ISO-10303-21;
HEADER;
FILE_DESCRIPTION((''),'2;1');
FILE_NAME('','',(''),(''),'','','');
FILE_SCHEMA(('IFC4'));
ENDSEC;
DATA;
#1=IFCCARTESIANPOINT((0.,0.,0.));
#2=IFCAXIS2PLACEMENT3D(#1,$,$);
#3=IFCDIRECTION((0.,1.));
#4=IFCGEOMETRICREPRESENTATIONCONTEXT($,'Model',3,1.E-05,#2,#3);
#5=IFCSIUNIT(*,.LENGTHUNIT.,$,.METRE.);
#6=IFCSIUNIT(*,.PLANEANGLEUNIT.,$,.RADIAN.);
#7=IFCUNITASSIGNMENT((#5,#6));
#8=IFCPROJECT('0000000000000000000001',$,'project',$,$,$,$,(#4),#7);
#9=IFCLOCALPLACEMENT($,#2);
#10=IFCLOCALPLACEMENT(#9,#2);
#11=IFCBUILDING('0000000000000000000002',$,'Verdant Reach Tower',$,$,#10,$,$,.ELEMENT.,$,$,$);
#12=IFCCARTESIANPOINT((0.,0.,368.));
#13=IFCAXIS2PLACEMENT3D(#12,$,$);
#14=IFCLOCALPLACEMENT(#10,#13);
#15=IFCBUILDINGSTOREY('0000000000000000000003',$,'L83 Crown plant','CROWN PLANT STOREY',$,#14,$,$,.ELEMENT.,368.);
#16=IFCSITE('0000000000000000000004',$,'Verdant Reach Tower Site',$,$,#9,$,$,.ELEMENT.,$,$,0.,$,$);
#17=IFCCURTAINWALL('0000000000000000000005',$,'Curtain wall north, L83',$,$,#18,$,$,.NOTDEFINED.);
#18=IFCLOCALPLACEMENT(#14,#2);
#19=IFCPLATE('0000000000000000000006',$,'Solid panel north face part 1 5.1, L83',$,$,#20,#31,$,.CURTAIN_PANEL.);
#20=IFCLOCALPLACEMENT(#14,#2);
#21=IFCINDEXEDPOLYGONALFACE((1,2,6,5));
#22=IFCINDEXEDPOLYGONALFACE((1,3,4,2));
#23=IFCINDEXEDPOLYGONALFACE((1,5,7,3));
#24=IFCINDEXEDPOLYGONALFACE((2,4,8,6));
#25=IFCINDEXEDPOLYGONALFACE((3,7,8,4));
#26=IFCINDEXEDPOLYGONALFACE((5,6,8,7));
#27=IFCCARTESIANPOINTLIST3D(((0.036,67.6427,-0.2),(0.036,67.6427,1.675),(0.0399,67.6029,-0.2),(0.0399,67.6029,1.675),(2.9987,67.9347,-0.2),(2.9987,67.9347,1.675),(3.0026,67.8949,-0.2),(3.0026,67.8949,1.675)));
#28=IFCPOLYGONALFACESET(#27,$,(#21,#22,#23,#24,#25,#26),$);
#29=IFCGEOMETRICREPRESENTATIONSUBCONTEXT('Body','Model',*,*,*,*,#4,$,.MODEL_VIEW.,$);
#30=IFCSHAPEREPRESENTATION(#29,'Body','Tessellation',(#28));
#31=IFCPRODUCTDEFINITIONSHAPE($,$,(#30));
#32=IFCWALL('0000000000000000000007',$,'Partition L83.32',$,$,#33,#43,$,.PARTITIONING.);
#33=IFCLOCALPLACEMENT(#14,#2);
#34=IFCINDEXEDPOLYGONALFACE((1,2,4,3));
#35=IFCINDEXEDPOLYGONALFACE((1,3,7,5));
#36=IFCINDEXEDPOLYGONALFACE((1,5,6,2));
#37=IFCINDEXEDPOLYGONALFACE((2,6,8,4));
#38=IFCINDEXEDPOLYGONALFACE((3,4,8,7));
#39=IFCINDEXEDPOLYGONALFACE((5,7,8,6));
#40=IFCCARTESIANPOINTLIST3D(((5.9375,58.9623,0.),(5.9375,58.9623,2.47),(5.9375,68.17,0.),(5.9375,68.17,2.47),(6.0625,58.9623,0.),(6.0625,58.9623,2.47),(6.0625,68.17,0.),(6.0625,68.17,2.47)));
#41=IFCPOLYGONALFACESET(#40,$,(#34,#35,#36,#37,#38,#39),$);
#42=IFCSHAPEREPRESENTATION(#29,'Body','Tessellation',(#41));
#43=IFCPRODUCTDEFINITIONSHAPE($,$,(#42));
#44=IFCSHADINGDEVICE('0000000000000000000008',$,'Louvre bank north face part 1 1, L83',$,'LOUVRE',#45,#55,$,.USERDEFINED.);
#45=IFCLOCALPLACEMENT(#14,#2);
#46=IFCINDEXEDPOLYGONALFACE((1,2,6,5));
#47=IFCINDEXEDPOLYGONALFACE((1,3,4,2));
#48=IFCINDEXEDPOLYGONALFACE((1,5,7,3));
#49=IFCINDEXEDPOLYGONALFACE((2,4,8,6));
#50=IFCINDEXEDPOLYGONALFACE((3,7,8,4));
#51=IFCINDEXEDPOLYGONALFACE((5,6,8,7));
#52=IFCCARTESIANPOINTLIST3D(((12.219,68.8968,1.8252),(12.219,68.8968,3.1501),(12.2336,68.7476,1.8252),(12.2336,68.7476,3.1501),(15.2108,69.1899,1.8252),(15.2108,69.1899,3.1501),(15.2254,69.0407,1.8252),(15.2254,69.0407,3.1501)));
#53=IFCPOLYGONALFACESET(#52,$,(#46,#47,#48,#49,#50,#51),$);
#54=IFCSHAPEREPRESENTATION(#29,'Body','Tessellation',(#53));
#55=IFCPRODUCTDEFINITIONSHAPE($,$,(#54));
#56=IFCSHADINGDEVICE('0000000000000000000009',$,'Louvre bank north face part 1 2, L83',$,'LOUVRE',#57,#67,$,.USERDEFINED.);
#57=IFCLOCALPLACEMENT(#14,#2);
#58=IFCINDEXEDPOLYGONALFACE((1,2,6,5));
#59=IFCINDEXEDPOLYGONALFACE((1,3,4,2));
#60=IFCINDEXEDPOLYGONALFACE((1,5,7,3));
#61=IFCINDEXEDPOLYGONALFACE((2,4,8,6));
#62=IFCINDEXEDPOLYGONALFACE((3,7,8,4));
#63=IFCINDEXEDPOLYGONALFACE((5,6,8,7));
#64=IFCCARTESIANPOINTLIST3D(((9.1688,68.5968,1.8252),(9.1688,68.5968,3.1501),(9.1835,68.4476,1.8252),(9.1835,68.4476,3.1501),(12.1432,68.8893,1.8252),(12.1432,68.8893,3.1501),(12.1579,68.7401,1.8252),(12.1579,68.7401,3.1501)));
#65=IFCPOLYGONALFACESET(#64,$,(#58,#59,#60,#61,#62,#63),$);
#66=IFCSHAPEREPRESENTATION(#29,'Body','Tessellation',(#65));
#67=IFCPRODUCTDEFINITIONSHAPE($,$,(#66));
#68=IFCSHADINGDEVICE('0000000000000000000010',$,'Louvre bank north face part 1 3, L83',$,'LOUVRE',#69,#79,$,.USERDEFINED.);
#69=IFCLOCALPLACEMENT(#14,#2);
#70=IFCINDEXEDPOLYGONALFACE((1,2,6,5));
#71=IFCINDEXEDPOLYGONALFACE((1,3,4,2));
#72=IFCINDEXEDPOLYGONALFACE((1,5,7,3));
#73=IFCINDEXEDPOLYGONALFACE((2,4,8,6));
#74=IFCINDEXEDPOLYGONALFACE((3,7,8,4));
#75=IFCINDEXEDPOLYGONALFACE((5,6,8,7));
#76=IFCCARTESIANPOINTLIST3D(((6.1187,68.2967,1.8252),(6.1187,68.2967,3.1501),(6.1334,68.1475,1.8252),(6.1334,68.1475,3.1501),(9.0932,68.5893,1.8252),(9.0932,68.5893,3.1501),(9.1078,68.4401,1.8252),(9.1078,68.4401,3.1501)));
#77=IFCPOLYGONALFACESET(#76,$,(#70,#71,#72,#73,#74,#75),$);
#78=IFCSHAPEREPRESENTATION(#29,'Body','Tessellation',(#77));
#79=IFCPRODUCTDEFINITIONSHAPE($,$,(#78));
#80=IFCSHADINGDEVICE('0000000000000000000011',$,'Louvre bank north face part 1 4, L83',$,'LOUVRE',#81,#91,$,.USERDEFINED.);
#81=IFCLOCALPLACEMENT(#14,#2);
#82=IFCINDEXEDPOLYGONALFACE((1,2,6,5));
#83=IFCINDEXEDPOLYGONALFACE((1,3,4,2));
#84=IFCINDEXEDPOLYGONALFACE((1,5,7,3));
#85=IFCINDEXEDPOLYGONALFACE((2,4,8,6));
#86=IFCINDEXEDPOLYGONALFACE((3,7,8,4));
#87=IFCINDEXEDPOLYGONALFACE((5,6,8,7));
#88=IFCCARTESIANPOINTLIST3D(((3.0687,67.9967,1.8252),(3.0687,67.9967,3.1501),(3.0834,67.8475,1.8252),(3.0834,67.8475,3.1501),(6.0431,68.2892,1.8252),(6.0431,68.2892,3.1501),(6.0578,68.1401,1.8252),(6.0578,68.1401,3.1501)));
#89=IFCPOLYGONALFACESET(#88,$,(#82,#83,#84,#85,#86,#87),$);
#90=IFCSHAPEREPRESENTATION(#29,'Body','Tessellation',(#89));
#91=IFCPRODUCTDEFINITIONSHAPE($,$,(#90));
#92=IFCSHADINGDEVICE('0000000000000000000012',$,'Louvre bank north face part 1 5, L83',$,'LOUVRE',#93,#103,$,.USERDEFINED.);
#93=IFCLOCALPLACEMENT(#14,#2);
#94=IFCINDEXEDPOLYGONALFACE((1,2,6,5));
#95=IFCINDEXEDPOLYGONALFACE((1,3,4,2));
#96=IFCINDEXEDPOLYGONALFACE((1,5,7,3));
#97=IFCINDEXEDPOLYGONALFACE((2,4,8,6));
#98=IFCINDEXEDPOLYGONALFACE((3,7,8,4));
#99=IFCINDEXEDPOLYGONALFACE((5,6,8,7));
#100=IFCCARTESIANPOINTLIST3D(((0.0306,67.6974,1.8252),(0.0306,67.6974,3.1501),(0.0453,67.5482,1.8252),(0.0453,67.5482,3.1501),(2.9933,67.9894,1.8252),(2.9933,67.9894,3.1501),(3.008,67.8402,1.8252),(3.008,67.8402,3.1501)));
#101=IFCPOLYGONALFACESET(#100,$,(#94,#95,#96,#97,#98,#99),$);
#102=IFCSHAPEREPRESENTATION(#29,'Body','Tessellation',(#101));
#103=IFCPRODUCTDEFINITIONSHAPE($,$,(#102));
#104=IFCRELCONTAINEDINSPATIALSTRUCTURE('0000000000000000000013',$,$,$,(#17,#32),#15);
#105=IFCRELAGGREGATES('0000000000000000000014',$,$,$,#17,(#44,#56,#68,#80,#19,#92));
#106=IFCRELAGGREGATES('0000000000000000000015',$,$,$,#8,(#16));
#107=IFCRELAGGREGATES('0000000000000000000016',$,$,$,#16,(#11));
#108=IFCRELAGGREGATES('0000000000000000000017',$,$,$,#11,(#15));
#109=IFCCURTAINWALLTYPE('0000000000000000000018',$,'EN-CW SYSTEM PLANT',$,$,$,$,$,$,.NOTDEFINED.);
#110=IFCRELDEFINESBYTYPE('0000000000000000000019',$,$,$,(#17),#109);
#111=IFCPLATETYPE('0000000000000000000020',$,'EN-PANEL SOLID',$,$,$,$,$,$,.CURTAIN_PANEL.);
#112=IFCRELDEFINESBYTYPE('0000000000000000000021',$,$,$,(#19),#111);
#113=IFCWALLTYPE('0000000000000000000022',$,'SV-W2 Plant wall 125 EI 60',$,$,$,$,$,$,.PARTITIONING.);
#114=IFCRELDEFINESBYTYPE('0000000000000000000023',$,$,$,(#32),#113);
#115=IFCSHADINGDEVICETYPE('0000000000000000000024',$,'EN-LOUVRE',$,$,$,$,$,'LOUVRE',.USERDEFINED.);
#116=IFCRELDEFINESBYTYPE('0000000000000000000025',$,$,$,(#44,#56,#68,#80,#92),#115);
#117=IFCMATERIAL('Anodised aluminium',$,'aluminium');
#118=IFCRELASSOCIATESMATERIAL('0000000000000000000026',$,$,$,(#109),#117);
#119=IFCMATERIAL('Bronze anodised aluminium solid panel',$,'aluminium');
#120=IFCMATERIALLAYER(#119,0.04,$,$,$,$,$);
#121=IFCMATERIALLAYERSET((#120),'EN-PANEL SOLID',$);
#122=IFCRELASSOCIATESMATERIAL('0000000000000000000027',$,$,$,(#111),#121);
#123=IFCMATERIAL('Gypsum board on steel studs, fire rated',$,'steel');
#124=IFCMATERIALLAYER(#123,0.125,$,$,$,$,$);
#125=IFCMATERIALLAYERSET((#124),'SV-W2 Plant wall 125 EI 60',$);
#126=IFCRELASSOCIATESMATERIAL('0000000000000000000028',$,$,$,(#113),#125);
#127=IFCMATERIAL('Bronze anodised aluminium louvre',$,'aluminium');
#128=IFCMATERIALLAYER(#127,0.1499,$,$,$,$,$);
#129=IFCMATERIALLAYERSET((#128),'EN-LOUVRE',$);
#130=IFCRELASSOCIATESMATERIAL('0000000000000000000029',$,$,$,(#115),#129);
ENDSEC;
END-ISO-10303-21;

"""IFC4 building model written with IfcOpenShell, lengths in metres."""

from ifc_helpers import new_model, si_unit, direction, frame, frame_2d, origin, origin_2d, place, context, subcontext, project, spatial, rectangle, extrude, material, layer, layer_set, type_object, element, aggregate, save


model = new_model("IFC4")

# Units and contexts
model_context = context("Model", 3, precision=1e-05, world=origin(), true_north=direction((0.0, 1.0)))
body_context = subcontext(model_context, "Body", "Model", "MODEL_VIEW")
ifc_project = project(units=[si_unit("LENGTHUNIT", "METRE"), si_unit("PLANEANGLEUNIT", "RADIAN")], contexts=[model_context])

# Site, building, storey
site_placement = place(None, origin())
site = spatial("IfcSite", under=ifc_project, at=site_placement, Name="Verdant Reach Tower Site", CompositionType="ELEMENT", RefElevation=0.0)
building_placement = place(site_placement, origin())
building = spatial("IfcBuilding", under=site, at=building_placement, Name="Verdant Reach Tower", CompositionType="ELEMENT")
storey_placement = place(building_placement, frame((0.0, 0.0, 368.0)))
storey = spatial("IfcBuildingStorey", under=building, at=storey_placement, Name="L83 Crown plant", Description="CROWN PLANT STOREY", CompositionType="ELEMENT", Elevation=368.0)

# Curtain wall, plate
ifc_material_1 = material(Name="Anodised aluminium", Category="aluminium")
curtain_wall_type = type_object("IfcCurtainWallType", Name="EN-CW SYSTEM PLANT", PredefinedType="NOTDEFINED", material=ifc_material_1)
curtain_wall_placement = place(storey_placement, origin())
curtain_wall = element("IfcCurtainWall", 1, at=curtain_wall_placement, inside=storey, type_object=curtain_wall_type, Name="Curtain wall north, L83", PredefinedType="NOTDEFINED")
ifc_material_2 = material(Name="Bronze anodised aluminium solid panel", Category="aluminium")
ifc_layer_1 = layer(ifc_material_2, 0.04)
ifc_layer_set_1 = layer_set([ifc_layer_1], Name="EN-PANEL SOLID")
plate_type = type_object("IfcPlateType", Name="EN-PANEL SOLID", PredefinedType="CURTAIN_PANEL", material=ifc_layer_set_1)
plate_1_placement = place(storey_placement, frame((1.5193, 67.7688, -0.2), z_axis=(0.0, 0.0, 1.0), x_axis=(-0.995179, -0.098075, 0.0)))
plate_1 = element("IfcPlate", 2, at=plate_1_placement, type_object=plate_type, Name="Solid panel north face part 1 5.1, L83", PredefinedType="CURTAIN_PANEL", context=body_context, shape_type="SweptSolid", body=[
    extrude(rectangle(XDim=2.9771, YDim=0.04, at=origin_2d()), origin(), (0.0, 0.0, 1.0), 1.875),
])

# Wall
ifc_material_3 = material(Name="Gypsum board on steel studs, fire rated", Category="steel")
ifc_layer_2 = layer(ifc_material_3, 0.125)
ifc_layer_set_2 = layer_set([ifc_layer_2], Name="SV-W2 Plant wall 125 EI 60")
wall_type = type_object("IfcWallType", Name="SV-W2 Plant wall 125 EI 60", PredefinedType="PARTITIONING", material=ifc_layer_set_2)
wall_placement = place(storey_placement, frame((6.0, 68.1702, 0.0), z_axis=(0.0, 0.0, 1.0), x_axis=(0.0, -1.0, 0.0)))
element("IfcWall", 3, at=wall_placement, inside=storey, type_object=wall_type, Name="Partition L83.32", PredefinedType="PARTITIONING", context=body_context, shape_type="SweptSolid", body=[
    extrude(rectangle(XDim=9.2078, YDim=0.125, at=frame_2d((4.604, 0.0))), origin(), (0.0, 0.0, 1.0), 2.47),
])

# Shading devices
ifc_material_4 = material(Name="Bronze anodised aluminium louvre", Category="aluminium")
ifc_layer_3 = layer(ifc_material_4, 0.1499)
ifc_layer_set_3 = layer_set([ifc_layer_3], Name="EN-LOUVRE")
shading_device_type = type_object("IfcShadingDeviceType", Name="EN-LOUVRE", ElementType="LOUVRE", PredefinedType="USERDEFINED", material=ifc_layer_set_3)
shading_device_1_placement = place(storey_placement, frame((13.7222, 68.9688, 1.8252), z_axis=(0.0, 0.0, 1.0), x_axis=(-0.995238, -0.097473, 0.0)))
shading_device_1 = element("IfcShadingDevice", 4, at=shading_device_1_placement, type_object=shading_device_type, Name="Louvre bank north face part 1 1, L83", ObjectType="LOUVRE", PredefinedType="USERDEFINED", context=body_context, shape_type="SweptSolid", body=[
    extrude(rectangle(XDim=3.0061, YDim=0.1499, at=origin_2d()), origin(), (0.0, 0.0, 1.0), 1.325),
])
shading_device_2_placement = place(storey_placement, frame((10.6633, 68.6685, 1.8252), z_axis=(0.0, 0.0, 1.0), x_axis=(-0.995197, -0.097888, 0.0)))
shading_device_2 = element("IfcShadingDevice", 5, at=shading_device_2_placement, type_object=shading_device_type, Name="Louvre bank north face part 1 2, L83", ObjectType="LOUVRE", PredefinedType="USERDEFINED", context=body_context, shape_type="SweptSolid", body=[
    extrude(rectangle(XDim=2.9888, YDim=0.1499, at=origin_2d()), origin(), (0.0, 0.0, 1.0), 1.325),
])
shading_device_3_placement = place(storey_placement, frame((7.6133, 68.3684, 1.8252), z_axis=(0.0, 0.0, 1.0), x_axis=(-0.995197, -0.097888, 0.0)))
shading_device_3 = element("IfcShadingDevice", 6, at=shading_device_3_placement, type_object=shading_device_type, Name="Louvre bank north face part 1 3, L83", ObjectType="LOUVRE", PredefinedType="USERDEFINED", context=body_context, shape_type="SweptSolid", body=[
    extrude(rectangle(XDim=2.9888, YDim=0.1499, at=origin_2d()), origin(), (0.0, 0.0, 1.0), 1.325),
])
shading_device_4_placement = place(storey_placement, frame((4.5632, 68.0684, 1.8252), z_axis=(0.0, 0.0, 1.0), x_axis=(-0.995197, -0.097888, 0.0)))
shading_device_4 = element("IfcShadingDevice", 7, at=shading_device_4_placement, type_object=shading_device_type, Name="Louvre bank north face part 1 4, L83", ObjectType="LOUVRE", PredefinedType="USERDEFINED", context=body_context, shape_type="SweptSolid", body=[
    extrude(rectangle(XDim=2.9888, YDim=0.1499, at=origin_2d()), origin(), (0.0, 0.0, 1.0), 1.325),
])
shading_device_5_placement = place(storey_placement, frame((1.5193, 67.7688, 1.8252), z_axis=(0.0, 0.0, 1.0), x_axis=(-0.995179, -0.098075, 0.0)))
shading_device_5 = element("IfcShadingDevice", 8, at=shading_device_5_placement, type_object=shading_device_type, Name="Louvre bank north face part 1 5, L83", ObjectType="LOUVRE", PredefinedType="USERDEFINED", context=body_context, shape_type="SweptSolid", body=[
    extrude(rectangle(XDim=2.9771, YDim=0.1499, at=origin_2d()), origin(), (0.0, 0.0, 1.0), 1.325),
])
aggregate(curtain_wall, [shading_device_1, shading_device_2, shading_device_3, shading_device_4, plate_1, shading_device_5])

save(model, "model.ifc")
